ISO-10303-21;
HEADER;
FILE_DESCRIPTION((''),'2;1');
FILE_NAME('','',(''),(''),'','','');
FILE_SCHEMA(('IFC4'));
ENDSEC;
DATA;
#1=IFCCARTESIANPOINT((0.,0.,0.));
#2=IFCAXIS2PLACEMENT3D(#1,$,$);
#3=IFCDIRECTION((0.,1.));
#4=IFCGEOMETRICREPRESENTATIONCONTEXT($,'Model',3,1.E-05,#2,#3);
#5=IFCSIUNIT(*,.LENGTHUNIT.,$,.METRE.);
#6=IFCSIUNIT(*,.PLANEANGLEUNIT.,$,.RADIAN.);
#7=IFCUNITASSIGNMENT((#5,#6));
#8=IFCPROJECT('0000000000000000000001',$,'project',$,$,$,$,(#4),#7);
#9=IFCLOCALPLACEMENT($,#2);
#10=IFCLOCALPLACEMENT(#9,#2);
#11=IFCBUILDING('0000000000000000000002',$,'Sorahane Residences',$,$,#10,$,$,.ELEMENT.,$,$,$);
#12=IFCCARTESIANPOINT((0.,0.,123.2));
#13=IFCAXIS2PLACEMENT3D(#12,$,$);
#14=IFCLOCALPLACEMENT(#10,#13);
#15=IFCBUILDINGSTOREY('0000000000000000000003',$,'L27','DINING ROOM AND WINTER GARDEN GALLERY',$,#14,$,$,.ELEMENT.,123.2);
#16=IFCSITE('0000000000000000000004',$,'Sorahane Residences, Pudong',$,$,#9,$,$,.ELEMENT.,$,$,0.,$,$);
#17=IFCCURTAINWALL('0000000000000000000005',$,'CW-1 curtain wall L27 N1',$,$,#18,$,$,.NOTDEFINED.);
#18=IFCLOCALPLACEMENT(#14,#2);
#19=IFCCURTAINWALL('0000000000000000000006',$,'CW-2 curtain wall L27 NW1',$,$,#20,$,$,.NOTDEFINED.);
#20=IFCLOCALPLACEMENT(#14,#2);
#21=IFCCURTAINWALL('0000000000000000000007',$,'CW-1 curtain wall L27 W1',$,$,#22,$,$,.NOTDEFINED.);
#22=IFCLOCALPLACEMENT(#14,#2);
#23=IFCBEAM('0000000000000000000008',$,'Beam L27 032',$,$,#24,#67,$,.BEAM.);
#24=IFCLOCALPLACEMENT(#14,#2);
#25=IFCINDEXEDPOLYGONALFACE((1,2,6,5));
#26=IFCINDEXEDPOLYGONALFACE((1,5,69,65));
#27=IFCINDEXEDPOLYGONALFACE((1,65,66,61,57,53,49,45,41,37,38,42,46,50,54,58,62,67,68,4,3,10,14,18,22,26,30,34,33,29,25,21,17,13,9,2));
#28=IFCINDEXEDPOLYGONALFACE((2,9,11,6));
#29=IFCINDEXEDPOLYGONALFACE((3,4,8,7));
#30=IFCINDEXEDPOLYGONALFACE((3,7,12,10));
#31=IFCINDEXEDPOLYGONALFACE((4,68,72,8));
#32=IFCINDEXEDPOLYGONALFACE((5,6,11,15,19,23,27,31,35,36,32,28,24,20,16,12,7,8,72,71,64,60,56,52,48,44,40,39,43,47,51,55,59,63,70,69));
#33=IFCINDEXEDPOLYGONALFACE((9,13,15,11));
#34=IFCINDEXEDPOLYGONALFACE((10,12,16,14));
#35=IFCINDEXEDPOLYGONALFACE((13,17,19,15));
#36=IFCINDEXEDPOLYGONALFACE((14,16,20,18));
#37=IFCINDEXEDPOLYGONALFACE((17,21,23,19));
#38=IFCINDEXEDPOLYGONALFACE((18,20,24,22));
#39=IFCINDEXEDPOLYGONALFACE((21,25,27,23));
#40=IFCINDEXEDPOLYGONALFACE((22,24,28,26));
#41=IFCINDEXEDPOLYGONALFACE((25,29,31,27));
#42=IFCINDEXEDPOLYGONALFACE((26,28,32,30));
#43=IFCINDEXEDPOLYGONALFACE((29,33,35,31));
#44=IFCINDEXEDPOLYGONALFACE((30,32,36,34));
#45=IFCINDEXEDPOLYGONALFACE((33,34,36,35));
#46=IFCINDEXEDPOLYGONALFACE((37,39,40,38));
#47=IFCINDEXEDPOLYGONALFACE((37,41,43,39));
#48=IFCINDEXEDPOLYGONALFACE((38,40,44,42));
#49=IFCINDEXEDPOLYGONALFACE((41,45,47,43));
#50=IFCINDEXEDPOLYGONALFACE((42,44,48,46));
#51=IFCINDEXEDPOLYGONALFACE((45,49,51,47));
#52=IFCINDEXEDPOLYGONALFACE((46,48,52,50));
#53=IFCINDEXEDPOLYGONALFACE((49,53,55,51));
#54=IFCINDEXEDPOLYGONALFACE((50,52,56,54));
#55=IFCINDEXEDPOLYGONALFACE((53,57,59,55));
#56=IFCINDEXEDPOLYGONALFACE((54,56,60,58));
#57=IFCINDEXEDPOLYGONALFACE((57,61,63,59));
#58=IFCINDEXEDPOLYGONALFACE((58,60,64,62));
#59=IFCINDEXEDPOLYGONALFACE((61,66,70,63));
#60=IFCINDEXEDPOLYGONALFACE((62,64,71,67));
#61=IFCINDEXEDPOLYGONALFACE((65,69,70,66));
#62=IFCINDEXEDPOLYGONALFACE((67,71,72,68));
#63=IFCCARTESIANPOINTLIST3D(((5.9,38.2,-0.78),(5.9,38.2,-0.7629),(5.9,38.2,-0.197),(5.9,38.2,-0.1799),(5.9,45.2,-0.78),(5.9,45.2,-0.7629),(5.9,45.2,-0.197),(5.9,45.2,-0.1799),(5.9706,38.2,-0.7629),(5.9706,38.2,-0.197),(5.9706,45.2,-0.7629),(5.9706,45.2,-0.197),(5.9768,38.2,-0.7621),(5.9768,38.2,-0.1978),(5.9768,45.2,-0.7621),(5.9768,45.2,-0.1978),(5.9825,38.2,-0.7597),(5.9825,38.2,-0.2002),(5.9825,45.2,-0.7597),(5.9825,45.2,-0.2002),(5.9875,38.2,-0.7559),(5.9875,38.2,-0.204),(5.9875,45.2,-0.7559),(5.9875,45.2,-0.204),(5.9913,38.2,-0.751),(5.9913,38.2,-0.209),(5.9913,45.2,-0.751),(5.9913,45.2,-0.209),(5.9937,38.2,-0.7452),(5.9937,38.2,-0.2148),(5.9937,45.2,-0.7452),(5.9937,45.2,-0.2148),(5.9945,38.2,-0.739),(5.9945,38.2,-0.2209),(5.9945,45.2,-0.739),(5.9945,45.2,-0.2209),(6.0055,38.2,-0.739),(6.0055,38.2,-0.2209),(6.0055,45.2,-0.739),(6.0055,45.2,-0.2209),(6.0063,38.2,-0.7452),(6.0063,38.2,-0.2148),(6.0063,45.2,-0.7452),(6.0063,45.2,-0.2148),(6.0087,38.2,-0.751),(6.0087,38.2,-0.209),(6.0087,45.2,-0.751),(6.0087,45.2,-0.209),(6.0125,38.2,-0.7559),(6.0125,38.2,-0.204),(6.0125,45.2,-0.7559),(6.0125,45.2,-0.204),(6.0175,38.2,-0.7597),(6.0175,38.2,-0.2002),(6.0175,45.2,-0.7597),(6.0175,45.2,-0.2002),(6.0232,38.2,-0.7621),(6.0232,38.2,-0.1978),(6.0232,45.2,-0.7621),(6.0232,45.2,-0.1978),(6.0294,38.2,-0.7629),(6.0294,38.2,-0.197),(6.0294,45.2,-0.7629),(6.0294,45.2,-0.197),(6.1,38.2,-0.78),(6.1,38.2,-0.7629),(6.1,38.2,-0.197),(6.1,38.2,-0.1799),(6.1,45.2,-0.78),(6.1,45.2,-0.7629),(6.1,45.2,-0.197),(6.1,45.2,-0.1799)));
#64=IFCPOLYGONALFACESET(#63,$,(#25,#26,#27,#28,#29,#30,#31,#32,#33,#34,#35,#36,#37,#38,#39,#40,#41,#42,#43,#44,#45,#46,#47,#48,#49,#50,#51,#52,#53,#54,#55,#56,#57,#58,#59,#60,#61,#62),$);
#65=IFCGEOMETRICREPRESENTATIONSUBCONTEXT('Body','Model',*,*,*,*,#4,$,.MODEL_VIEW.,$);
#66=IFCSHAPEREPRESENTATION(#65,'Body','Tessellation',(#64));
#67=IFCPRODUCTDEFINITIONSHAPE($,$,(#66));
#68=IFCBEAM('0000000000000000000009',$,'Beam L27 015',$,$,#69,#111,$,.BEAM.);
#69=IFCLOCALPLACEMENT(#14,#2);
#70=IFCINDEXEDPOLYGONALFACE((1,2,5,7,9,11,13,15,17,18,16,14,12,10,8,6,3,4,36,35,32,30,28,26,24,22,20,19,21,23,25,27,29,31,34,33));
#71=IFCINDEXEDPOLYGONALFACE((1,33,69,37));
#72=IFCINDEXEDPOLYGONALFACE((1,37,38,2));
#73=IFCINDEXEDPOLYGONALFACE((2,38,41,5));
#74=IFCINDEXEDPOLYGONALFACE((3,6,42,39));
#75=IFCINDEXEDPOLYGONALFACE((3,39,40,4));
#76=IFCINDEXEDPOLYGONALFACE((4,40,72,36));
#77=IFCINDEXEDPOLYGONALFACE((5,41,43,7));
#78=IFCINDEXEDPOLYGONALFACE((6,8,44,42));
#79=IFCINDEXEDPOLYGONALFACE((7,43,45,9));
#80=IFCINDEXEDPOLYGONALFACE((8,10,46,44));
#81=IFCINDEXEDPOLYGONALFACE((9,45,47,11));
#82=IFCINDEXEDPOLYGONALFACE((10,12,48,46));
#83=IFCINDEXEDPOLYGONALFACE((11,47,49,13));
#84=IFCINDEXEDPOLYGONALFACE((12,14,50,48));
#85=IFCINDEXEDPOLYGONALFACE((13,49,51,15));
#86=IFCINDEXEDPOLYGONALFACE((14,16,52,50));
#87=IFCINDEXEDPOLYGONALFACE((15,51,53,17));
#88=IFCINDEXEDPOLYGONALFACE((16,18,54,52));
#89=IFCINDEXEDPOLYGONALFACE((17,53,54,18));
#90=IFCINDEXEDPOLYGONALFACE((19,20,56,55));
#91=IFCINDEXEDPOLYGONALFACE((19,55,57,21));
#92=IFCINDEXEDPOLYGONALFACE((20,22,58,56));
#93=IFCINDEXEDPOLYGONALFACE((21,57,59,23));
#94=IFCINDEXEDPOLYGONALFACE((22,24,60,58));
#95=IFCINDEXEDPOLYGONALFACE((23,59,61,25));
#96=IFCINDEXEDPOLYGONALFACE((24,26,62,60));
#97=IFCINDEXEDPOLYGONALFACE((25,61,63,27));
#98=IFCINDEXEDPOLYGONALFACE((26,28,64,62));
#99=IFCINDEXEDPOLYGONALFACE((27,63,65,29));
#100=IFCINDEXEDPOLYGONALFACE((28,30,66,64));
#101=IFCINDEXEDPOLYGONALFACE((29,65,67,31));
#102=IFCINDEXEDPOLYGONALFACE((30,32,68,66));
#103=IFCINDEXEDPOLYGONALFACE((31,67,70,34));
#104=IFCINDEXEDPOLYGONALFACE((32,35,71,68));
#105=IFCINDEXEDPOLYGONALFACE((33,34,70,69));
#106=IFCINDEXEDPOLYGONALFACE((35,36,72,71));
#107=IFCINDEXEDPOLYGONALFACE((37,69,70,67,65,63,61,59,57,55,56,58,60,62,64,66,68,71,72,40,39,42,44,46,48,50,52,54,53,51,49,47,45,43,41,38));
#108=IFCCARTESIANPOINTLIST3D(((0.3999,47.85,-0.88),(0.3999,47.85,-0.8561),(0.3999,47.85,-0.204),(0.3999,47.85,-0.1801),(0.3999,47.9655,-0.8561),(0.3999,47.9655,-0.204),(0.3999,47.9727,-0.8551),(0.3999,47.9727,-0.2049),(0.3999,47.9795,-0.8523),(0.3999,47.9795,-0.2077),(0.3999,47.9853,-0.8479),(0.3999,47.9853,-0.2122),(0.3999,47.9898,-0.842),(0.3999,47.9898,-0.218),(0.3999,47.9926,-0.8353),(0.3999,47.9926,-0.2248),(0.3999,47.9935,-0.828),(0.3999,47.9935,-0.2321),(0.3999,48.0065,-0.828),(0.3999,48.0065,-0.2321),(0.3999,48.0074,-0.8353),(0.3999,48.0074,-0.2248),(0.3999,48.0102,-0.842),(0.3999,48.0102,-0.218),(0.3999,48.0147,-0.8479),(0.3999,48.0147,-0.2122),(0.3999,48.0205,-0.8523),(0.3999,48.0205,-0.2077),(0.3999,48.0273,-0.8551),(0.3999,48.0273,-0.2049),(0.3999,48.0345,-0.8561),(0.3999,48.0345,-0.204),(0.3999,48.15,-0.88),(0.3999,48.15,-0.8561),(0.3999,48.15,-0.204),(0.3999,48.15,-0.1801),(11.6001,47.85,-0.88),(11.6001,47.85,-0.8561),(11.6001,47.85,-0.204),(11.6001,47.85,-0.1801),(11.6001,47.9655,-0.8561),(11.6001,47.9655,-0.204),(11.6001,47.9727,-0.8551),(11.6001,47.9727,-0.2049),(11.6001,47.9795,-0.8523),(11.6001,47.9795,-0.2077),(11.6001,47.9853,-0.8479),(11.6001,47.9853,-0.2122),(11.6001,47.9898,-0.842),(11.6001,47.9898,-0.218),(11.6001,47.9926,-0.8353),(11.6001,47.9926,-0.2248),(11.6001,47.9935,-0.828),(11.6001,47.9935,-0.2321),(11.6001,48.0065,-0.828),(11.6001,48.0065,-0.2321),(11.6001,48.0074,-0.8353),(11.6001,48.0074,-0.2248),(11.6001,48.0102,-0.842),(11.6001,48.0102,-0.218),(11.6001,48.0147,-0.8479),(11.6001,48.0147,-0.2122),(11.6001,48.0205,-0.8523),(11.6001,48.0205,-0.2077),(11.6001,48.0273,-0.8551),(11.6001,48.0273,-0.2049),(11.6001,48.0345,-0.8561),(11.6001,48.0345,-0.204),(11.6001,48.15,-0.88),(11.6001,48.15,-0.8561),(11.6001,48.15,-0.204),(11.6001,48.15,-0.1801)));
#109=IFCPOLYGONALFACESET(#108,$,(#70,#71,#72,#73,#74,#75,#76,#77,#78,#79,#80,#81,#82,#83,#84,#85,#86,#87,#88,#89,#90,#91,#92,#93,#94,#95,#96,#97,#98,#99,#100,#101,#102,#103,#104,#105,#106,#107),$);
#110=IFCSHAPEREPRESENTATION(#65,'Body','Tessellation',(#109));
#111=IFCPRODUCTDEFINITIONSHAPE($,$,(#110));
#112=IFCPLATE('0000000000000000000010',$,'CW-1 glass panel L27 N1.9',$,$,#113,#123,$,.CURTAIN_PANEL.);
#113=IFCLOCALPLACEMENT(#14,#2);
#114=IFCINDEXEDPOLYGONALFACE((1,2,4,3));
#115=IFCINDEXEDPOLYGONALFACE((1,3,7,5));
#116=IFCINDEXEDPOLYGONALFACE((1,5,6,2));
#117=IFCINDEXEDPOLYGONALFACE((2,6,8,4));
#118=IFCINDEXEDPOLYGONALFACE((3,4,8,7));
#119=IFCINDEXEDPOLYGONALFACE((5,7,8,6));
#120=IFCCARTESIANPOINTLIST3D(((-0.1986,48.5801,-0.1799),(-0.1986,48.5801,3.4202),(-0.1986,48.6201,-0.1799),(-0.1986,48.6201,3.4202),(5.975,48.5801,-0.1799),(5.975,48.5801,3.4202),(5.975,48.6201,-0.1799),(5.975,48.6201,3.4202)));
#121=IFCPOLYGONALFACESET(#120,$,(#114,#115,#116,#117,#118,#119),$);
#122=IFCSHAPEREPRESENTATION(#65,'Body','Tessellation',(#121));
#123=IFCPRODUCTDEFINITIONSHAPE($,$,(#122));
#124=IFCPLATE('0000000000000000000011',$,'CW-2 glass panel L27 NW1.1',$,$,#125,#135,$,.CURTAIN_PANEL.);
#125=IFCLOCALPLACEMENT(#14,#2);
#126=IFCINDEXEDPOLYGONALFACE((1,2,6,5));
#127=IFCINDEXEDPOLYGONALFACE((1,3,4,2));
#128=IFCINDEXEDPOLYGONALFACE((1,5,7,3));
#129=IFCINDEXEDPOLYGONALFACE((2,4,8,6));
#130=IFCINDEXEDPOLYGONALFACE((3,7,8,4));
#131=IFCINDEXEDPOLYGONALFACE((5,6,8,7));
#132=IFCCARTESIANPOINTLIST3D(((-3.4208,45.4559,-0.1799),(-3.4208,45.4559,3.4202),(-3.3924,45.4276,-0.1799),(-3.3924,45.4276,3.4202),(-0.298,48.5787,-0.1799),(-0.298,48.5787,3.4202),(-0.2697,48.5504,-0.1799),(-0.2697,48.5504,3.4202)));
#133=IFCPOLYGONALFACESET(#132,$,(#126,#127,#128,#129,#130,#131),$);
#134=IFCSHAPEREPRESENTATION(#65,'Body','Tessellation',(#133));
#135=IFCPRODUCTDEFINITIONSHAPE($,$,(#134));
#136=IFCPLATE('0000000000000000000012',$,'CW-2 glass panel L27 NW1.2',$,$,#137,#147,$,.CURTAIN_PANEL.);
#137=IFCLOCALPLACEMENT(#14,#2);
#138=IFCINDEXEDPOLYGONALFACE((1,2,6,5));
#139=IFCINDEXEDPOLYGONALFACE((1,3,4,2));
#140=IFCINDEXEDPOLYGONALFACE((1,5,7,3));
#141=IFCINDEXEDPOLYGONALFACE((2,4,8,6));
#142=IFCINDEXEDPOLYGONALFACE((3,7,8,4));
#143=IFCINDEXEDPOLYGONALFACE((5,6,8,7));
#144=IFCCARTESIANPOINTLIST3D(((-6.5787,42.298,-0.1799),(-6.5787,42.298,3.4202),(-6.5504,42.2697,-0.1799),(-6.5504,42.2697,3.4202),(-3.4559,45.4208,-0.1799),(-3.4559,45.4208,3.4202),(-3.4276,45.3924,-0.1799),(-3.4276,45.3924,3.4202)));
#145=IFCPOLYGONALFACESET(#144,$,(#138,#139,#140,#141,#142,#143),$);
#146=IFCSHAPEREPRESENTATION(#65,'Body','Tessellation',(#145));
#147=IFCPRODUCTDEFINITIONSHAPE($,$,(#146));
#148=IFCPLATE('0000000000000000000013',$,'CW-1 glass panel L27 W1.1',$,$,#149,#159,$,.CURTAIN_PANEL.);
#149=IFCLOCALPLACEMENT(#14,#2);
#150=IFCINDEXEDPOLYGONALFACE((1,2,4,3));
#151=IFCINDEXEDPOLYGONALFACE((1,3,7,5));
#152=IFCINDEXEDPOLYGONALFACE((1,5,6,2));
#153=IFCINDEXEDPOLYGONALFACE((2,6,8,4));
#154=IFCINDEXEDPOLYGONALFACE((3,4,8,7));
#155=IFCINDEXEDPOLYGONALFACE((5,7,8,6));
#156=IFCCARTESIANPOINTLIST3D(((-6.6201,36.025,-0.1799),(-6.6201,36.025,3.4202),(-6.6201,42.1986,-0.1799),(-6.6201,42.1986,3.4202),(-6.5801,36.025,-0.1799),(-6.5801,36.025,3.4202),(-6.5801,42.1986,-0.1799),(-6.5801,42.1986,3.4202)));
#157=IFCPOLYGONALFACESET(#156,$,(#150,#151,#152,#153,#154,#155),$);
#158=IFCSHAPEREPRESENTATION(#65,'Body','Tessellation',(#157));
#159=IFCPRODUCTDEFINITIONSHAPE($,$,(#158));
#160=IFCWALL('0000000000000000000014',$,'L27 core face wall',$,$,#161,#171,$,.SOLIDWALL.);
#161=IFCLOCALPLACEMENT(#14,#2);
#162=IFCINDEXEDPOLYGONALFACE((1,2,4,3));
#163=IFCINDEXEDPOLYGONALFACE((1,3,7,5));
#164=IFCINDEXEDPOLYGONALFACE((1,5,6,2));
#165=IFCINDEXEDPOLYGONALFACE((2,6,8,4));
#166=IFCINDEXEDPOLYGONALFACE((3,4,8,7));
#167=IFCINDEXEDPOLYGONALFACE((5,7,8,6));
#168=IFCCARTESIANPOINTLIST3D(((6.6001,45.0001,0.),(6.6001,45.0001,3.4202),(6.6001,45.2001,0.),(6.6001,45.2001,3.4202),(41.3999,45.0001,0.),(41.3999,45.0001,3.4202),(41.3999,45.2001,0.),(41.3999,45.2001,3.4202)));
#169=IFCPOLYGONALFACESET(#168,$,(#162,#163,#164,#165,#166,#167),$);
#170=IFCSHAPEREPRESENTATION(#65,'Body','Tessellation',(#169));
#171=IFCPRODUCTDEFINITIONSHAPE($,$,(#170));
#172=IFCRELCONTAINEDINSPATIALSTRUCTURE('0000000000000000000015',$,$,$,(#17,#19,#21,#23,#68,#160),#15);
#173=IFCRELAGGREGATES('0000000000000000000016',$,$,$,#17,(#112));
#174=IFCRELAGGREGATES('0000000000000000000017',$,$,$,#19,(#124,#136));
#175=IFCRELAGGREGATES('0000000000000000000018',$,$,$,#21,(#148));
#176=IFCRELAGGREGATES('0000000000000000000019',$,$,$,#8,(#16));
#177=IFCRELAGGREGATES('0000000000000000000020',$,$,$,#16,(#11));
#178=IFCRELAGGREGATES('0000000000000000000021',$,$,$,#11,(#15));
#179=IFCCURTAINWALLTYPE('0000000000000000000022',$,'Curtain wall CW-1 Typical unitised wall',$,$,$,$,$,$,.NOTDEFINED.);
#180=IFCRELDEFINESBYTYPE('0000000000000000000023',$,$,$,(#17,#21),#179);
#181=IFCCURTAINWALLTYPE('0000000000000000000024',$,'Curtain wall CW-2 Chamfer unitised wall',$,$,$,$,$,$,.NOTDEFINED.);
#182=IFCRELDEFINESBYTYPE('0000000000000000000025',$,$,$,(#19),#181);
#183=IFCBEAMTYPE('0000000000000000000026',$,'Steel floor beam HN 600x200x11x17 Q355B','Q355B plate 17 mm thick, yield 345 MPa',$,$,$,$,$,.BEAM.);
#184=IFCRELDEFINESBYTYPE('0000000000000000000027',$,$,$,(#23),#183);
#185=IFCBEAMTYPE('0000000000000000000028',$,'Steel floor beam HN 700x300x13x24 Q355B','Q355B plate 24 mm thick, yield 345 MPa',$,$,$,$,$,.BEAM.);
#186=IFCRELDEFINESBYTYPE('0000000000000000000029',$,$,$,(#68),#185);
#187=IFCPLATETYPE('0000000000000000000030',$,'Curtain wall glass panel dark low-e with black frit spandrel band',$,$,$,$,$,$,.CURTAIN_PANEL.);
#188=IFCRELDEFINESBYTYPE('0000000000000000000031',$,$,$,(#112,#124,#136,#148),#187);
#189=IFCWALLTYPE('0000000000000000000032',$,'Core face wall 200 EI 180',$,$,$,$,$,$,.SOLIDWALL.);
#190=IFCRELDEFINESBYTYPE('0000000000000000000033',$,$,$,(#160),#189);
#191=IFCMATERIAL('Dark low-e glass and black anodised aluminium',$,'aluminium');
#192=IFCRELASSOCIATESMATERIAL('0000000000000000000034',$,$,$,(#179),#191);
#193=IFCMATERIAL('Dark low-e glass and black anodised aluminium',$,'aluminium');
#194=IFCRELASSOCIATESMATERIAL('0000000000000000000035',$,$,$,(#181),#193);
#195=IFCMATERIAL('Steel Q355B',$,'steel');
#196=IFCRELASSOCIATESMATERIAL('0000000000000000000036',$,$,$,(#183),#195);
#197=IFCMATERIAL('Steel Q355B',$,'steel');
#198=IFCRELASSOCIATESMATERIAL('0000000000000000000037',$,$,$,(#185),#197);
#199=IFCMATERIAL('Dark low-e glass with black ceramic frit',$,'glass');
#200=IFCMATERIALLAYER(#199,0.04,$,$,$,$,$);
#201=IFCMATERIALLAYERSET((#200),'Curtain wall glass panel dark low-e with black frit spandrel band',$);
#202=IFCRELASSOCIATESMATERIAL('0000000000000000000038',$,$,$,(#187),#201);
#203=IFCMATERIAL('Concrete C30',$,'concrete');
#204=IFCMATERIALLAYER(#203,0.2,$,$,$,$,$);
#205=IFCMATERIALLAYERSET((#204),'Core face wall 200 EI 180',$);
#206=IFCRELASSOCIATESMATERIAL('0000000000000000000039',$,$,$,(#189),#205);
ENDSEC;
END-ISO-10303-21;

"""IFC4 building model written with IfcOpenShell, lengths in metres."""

from ifc_helpers import new_model, si_unit, direction, frame, frame_2d, origin, origin_2d, place, context, subcontext, project, spatial, rectangle, i_section, extrude, material, layer, layer_set, material_profile, profile_set, type_object, element, aggregate, save


model = new_model("IFC4")

# Units and contexts
model_context = context("Model", 3, precision=1e-05, world=origin(), true_north=direction((0.0, 1.0)))
body_context = subcontext(model_context, "Body", "Model", "MODEL_VIEW")
ifc_project = project(units=[si_unit("LENGTHUNIT", "METRE"), si_unit("PLANEANGLEUNIT", "RADIAN")], contexts=[model_context])

# Site, building, storey
site_placement = place(None, origin())
site = spatial("IfcSite", under=ifc_project, at=site_placement, Name="Sorahane Residences, Pudong", CompositionType="ELEMENT", RefElevation=0.0)
building_placement = place(site_placement, origin())
building = spatial("IfcBuilding", under=site, at=building_placement, Name="Sorahane Residences", CompositionType="ELEMENT")
storey_placement = place(building_placement, frame((0.0, 0.0, 123.2)))
storey = spatial("IfcBuildingStorey", under=building, at=storey_placement, Name="L27", Description="DINING ROOM AND WINTER GARDEN GALLERY", CompositionType="ELEMENT", Elevation=123.2)

# Curtain walls
ifc_material_1 = material(Name="Dark low-e glass and black anodised aluminium", Category="aluminium")
curtain_wall_type_1 = type_object("IfcCurtainWallType", Name="Curtain wall CW-1 Typical unitised wall", PredefinedType="NOTDEFINED", material=ifc_material_1)
curtain_wall_1_placement = place(storey_placement, origin())
curtain_wall_1 = element("IfcCurtainWall", 1, at=curtain_wall_1_placement, inside=storey, type_object=curtain_wall_type_1, Name="CW-1 curtain wall L27 N1", PredefinedType="NOTDEFINED")
ifc_material_2 = material(Name="Dark low-e glass and black anodised aluminium", Category="aluminium")
curtain_wall_type_2 = type_object("IfcCurtainWallType", Name="Curtain wall CW-2 Chamfer unitised wall", PredefinedType="NOTDEFINED", material=ifc_material_2)
curtain_wall_2_placement = place(storey_placement, origin())
curtain_wall_2 = element("IfcCurtainWall", 2, at=curtain_wall_2_placement, inside=storey, type_object=curtain_wall_type_2, Name="CW-2 curtain wall L27 NW1", PredefinedType="NOTDEFINED")

# Curtain wall
curtain_wall_3_placement = place(storey_placement, origin())
curtain_wall_3 = element("IfcCurtainWall", 3, at=curtain_wall_3_placement, inside=storey, type_object=curtain_wall_type_1, Name="CW-1 curtain wall L27 W1", PredefinedType="NOTDEFINED")

# Beams
ifc_material_3 = material(Name="Steel Q355B", Category="steel")
ifc_material_profile_1 = material_profile(ifc_material_3, i_section(OverallWidth=0.2, OverallDepth=0.6001, WebThickness=0.011, FlangeThickness=0.0171, FilletRadius=0.0239, at=origin_2d()), Name="HN 600x200x11x17")
ifc_profile_set_1 = profile_set([ifc_material_profile_1], Name="Steel Q355B")
beam_type_1 = type_object("IfcBeamType", Name="Steel floor beam HN 600x200x11x17 Q355B", Description="Q355B plate 17 mm thick, yield 345 MPa", PredefinedType="BEAM", material=ifc_profile_set_1)
beam_1_placement = place(storey_placement, frame((6.0, 38.2, -0.48), z_axis=(0.0, 1.0, 0.0), x_axis=(-1.0, 0.0, 0.0)))
element("IfcBeam", 4, at=beam_1_placement, inside=storey, type_object=beam_type_1, Name="Beam L27 032", PredefinedType="BEAM", context=body_context, shape_type="SweptSolid", body=[
    extrude(i_section(OverallWidth=0.2, OverallDepth=0.6001, WebThickness=0.011, FlangeThickness=0.0171, FilletRadius=0.0239, at=origin_2d()), origin(), (0.0, 0.0, 1.0), 7.0),
])
ifc_material_4 = material(Name="Steel Q355B", Category="steel")
ifc_material_profile_2 = material_profile(ifc_material_4, i_section(OverallWidth=0.3, OverallDepth=0.7, WebThickness=0.0129, FlangeThickness=0.0239, FilletRadius=0.0281, at=origin_2d()), Name="HN 700x300x13x24")
ifc_profile_set_2 = profile_set([ifc_material_profile_2], Name="Steel Q355B")
beam_type_2 = type_object("IfcBeamType", Name="Steel floor beam HN 700x300x13x24 Q355B", Description="Q355B plate 24 mm thick, yield 345 MPa", PredefinedType="BEAM", material=ifc_profile_set_2)
beam_2_placement = place(storey_placement, frame((0.3999, 48.0, -0.53), z_axis=(1.0, 0.0, 0.0), x_axis=(0.0, 1.0, 0.0)))
element("IfcBeam", 5, at=beam_2_placement, inside=storey, type_object=beam_type_2, Name="Beam L27 015", PredefinedType="BEAM", context=body_context, shape_type="SweptSolid", body=[
    extrude(i_section(OverallWidth=0.3, OverallDepth=0.7, WebThickness=0.0129, FlangeThickness=0.0239, FilletRadius=0.0281, at=origin_2d()), origin(), (0.0, 0.0, 1.0), 11.2002),
])

# Plates
ifc_material_5 = material(Name="Dark low-e glass with black ceramic frit", Category="glass")
ifc_layer_1 = layer(ifc_material_5, 0.04)
ifc_layer_set_1 = layer_set([ifc_layer_1], Name="Curtain wall glass panel dark low-e with black frit spandrel band")
plate_type = type_object("IfcPlateType", Name="Curtain wall glass panel dark low-e with black frit spandrel band", PredefinedType="CURTAIN_PANEL", material=ifc_layer_set_1)
plate_1_placement = place(storey_placement, frame((2.8882, 48.6001, -0.1799), z_axis=(0.0, 0.0, 1.0), x_axis=(-1.0, 0.0, 0.0)))
plate_1 = element("IfcPlate", 6, at=plate_1_placement, type_object=plate_type, Name="CW-1 glass panel L27 N1.9", PredefinedType="CURTAIN_PANEL", context=body_context, shape_type="SweptSolid", body=[
    extrude(rectangle(XDim=6.1736, YDim=0.04, at=origin_2d()), origin(), (0.0, 0.0, 1.0), 3.6001),
])
aggregate(curtain_wall_1, [plate_1])
plate_2_placement = place(storey_placement, frame((-1.8452, 47.0032, -0.1799), z_axis=(0.0, 0.0, 1.0), x_axis=(-0.707107, -0.707107, 0.0)))
plate_2 = element("IfcPlate", 7, at=plate_2_placement, type_object=plate_type, Name="CW-2 glass panel L27 NW1.1", PredefinedType="CURTAIN_PANEL", context=body_context, shape_type="SweptSolid", body=[
    extrude(rectangle(XDim=4.4163, YDim=0.04, at=origin_2d()), origin(), (0.0, 0.0, 1.0), 3.6001),
])
plate_3_placement = place(storey_placement, frame((-5.0032, 43.8452, -0.1799), z_axis=(0.0, 0.0, 1.0), x_axis=(-0.707107, -0.707107, 0.0)))
plate_3 = element("IfcPlate", 8, at=plate_3_placement, type_object=plate_type, Name="CW-2 glass panel L27 NW1.2", PredefinedType="CURTAIN_PANEL", context=body_context, shape_type="SweptSolid", body=[
    extrude(rectangle(XDim=4.4163, YDim=0.04, at=origin_2d()), origin(), (0.0, 0.0, 1.0), 3.6001),
])
aggregate(curtain_wall_2, [plate_2, plate_3])
plate_4_placement = place(storey_placement, frame((-6.6001, 39.1118, -0.1799), z_axis=(0.0, 0.0, 1.0), x_axis=(0.0, -1.0, 0.0)))
plate_4 = element("IfcPlate", 9, at=plate_4_placement, type_object=plate_type, Name="CW-1 glass panel L27 W1.1", PredefinedType="CURTAIN_PANEL", context=body_context, shape_type="SweptSolid", body=[
    extrude(rectangle(XDim=6.1736, YDim=0.04, at=origin_2d()), origin(), (0.0, 0.0, 1.0), 3.6001),
])
aggregate(curtain_wall_3, [plate_4])

# Wall
ifc_material_6 = material(Name="Concrete C30", Category="concrete")
ifc_layer_2 = layer(ifc_material_6, 0.2)
ifc_layer_set_2 = layer_set([ifc_layer_2], Name="Core face wall 200 EI 180")
wall_type = type_object("IfcWallType", Name="Core face wall 200 EI 180", PredefinedType="SOLIDWALL", material=ifc_layer_set_2)
wall_placement = place(storey_placement, frame((6.6001, 45.1001, 0.0), z_axis=(0.0, 0.0, 1.0), x_axis=(1.0, 0.0, 0.0)))
element("IfcWall", 10, at=wall_placement, inside=storey, type_object=wall_type, Name="L27 core face wall", PredefinedType="SOLIDWALL", context=body_context, shape_type="SweptSolid", body=[
    extrude(rectangle(XDim=34.7998, YDim=0.2, at=frame_2d((17.3999, 0.0))), origin(), (0.0, 0.0, 1.0), 3.4202),
])

save(model, "model.ifc")
